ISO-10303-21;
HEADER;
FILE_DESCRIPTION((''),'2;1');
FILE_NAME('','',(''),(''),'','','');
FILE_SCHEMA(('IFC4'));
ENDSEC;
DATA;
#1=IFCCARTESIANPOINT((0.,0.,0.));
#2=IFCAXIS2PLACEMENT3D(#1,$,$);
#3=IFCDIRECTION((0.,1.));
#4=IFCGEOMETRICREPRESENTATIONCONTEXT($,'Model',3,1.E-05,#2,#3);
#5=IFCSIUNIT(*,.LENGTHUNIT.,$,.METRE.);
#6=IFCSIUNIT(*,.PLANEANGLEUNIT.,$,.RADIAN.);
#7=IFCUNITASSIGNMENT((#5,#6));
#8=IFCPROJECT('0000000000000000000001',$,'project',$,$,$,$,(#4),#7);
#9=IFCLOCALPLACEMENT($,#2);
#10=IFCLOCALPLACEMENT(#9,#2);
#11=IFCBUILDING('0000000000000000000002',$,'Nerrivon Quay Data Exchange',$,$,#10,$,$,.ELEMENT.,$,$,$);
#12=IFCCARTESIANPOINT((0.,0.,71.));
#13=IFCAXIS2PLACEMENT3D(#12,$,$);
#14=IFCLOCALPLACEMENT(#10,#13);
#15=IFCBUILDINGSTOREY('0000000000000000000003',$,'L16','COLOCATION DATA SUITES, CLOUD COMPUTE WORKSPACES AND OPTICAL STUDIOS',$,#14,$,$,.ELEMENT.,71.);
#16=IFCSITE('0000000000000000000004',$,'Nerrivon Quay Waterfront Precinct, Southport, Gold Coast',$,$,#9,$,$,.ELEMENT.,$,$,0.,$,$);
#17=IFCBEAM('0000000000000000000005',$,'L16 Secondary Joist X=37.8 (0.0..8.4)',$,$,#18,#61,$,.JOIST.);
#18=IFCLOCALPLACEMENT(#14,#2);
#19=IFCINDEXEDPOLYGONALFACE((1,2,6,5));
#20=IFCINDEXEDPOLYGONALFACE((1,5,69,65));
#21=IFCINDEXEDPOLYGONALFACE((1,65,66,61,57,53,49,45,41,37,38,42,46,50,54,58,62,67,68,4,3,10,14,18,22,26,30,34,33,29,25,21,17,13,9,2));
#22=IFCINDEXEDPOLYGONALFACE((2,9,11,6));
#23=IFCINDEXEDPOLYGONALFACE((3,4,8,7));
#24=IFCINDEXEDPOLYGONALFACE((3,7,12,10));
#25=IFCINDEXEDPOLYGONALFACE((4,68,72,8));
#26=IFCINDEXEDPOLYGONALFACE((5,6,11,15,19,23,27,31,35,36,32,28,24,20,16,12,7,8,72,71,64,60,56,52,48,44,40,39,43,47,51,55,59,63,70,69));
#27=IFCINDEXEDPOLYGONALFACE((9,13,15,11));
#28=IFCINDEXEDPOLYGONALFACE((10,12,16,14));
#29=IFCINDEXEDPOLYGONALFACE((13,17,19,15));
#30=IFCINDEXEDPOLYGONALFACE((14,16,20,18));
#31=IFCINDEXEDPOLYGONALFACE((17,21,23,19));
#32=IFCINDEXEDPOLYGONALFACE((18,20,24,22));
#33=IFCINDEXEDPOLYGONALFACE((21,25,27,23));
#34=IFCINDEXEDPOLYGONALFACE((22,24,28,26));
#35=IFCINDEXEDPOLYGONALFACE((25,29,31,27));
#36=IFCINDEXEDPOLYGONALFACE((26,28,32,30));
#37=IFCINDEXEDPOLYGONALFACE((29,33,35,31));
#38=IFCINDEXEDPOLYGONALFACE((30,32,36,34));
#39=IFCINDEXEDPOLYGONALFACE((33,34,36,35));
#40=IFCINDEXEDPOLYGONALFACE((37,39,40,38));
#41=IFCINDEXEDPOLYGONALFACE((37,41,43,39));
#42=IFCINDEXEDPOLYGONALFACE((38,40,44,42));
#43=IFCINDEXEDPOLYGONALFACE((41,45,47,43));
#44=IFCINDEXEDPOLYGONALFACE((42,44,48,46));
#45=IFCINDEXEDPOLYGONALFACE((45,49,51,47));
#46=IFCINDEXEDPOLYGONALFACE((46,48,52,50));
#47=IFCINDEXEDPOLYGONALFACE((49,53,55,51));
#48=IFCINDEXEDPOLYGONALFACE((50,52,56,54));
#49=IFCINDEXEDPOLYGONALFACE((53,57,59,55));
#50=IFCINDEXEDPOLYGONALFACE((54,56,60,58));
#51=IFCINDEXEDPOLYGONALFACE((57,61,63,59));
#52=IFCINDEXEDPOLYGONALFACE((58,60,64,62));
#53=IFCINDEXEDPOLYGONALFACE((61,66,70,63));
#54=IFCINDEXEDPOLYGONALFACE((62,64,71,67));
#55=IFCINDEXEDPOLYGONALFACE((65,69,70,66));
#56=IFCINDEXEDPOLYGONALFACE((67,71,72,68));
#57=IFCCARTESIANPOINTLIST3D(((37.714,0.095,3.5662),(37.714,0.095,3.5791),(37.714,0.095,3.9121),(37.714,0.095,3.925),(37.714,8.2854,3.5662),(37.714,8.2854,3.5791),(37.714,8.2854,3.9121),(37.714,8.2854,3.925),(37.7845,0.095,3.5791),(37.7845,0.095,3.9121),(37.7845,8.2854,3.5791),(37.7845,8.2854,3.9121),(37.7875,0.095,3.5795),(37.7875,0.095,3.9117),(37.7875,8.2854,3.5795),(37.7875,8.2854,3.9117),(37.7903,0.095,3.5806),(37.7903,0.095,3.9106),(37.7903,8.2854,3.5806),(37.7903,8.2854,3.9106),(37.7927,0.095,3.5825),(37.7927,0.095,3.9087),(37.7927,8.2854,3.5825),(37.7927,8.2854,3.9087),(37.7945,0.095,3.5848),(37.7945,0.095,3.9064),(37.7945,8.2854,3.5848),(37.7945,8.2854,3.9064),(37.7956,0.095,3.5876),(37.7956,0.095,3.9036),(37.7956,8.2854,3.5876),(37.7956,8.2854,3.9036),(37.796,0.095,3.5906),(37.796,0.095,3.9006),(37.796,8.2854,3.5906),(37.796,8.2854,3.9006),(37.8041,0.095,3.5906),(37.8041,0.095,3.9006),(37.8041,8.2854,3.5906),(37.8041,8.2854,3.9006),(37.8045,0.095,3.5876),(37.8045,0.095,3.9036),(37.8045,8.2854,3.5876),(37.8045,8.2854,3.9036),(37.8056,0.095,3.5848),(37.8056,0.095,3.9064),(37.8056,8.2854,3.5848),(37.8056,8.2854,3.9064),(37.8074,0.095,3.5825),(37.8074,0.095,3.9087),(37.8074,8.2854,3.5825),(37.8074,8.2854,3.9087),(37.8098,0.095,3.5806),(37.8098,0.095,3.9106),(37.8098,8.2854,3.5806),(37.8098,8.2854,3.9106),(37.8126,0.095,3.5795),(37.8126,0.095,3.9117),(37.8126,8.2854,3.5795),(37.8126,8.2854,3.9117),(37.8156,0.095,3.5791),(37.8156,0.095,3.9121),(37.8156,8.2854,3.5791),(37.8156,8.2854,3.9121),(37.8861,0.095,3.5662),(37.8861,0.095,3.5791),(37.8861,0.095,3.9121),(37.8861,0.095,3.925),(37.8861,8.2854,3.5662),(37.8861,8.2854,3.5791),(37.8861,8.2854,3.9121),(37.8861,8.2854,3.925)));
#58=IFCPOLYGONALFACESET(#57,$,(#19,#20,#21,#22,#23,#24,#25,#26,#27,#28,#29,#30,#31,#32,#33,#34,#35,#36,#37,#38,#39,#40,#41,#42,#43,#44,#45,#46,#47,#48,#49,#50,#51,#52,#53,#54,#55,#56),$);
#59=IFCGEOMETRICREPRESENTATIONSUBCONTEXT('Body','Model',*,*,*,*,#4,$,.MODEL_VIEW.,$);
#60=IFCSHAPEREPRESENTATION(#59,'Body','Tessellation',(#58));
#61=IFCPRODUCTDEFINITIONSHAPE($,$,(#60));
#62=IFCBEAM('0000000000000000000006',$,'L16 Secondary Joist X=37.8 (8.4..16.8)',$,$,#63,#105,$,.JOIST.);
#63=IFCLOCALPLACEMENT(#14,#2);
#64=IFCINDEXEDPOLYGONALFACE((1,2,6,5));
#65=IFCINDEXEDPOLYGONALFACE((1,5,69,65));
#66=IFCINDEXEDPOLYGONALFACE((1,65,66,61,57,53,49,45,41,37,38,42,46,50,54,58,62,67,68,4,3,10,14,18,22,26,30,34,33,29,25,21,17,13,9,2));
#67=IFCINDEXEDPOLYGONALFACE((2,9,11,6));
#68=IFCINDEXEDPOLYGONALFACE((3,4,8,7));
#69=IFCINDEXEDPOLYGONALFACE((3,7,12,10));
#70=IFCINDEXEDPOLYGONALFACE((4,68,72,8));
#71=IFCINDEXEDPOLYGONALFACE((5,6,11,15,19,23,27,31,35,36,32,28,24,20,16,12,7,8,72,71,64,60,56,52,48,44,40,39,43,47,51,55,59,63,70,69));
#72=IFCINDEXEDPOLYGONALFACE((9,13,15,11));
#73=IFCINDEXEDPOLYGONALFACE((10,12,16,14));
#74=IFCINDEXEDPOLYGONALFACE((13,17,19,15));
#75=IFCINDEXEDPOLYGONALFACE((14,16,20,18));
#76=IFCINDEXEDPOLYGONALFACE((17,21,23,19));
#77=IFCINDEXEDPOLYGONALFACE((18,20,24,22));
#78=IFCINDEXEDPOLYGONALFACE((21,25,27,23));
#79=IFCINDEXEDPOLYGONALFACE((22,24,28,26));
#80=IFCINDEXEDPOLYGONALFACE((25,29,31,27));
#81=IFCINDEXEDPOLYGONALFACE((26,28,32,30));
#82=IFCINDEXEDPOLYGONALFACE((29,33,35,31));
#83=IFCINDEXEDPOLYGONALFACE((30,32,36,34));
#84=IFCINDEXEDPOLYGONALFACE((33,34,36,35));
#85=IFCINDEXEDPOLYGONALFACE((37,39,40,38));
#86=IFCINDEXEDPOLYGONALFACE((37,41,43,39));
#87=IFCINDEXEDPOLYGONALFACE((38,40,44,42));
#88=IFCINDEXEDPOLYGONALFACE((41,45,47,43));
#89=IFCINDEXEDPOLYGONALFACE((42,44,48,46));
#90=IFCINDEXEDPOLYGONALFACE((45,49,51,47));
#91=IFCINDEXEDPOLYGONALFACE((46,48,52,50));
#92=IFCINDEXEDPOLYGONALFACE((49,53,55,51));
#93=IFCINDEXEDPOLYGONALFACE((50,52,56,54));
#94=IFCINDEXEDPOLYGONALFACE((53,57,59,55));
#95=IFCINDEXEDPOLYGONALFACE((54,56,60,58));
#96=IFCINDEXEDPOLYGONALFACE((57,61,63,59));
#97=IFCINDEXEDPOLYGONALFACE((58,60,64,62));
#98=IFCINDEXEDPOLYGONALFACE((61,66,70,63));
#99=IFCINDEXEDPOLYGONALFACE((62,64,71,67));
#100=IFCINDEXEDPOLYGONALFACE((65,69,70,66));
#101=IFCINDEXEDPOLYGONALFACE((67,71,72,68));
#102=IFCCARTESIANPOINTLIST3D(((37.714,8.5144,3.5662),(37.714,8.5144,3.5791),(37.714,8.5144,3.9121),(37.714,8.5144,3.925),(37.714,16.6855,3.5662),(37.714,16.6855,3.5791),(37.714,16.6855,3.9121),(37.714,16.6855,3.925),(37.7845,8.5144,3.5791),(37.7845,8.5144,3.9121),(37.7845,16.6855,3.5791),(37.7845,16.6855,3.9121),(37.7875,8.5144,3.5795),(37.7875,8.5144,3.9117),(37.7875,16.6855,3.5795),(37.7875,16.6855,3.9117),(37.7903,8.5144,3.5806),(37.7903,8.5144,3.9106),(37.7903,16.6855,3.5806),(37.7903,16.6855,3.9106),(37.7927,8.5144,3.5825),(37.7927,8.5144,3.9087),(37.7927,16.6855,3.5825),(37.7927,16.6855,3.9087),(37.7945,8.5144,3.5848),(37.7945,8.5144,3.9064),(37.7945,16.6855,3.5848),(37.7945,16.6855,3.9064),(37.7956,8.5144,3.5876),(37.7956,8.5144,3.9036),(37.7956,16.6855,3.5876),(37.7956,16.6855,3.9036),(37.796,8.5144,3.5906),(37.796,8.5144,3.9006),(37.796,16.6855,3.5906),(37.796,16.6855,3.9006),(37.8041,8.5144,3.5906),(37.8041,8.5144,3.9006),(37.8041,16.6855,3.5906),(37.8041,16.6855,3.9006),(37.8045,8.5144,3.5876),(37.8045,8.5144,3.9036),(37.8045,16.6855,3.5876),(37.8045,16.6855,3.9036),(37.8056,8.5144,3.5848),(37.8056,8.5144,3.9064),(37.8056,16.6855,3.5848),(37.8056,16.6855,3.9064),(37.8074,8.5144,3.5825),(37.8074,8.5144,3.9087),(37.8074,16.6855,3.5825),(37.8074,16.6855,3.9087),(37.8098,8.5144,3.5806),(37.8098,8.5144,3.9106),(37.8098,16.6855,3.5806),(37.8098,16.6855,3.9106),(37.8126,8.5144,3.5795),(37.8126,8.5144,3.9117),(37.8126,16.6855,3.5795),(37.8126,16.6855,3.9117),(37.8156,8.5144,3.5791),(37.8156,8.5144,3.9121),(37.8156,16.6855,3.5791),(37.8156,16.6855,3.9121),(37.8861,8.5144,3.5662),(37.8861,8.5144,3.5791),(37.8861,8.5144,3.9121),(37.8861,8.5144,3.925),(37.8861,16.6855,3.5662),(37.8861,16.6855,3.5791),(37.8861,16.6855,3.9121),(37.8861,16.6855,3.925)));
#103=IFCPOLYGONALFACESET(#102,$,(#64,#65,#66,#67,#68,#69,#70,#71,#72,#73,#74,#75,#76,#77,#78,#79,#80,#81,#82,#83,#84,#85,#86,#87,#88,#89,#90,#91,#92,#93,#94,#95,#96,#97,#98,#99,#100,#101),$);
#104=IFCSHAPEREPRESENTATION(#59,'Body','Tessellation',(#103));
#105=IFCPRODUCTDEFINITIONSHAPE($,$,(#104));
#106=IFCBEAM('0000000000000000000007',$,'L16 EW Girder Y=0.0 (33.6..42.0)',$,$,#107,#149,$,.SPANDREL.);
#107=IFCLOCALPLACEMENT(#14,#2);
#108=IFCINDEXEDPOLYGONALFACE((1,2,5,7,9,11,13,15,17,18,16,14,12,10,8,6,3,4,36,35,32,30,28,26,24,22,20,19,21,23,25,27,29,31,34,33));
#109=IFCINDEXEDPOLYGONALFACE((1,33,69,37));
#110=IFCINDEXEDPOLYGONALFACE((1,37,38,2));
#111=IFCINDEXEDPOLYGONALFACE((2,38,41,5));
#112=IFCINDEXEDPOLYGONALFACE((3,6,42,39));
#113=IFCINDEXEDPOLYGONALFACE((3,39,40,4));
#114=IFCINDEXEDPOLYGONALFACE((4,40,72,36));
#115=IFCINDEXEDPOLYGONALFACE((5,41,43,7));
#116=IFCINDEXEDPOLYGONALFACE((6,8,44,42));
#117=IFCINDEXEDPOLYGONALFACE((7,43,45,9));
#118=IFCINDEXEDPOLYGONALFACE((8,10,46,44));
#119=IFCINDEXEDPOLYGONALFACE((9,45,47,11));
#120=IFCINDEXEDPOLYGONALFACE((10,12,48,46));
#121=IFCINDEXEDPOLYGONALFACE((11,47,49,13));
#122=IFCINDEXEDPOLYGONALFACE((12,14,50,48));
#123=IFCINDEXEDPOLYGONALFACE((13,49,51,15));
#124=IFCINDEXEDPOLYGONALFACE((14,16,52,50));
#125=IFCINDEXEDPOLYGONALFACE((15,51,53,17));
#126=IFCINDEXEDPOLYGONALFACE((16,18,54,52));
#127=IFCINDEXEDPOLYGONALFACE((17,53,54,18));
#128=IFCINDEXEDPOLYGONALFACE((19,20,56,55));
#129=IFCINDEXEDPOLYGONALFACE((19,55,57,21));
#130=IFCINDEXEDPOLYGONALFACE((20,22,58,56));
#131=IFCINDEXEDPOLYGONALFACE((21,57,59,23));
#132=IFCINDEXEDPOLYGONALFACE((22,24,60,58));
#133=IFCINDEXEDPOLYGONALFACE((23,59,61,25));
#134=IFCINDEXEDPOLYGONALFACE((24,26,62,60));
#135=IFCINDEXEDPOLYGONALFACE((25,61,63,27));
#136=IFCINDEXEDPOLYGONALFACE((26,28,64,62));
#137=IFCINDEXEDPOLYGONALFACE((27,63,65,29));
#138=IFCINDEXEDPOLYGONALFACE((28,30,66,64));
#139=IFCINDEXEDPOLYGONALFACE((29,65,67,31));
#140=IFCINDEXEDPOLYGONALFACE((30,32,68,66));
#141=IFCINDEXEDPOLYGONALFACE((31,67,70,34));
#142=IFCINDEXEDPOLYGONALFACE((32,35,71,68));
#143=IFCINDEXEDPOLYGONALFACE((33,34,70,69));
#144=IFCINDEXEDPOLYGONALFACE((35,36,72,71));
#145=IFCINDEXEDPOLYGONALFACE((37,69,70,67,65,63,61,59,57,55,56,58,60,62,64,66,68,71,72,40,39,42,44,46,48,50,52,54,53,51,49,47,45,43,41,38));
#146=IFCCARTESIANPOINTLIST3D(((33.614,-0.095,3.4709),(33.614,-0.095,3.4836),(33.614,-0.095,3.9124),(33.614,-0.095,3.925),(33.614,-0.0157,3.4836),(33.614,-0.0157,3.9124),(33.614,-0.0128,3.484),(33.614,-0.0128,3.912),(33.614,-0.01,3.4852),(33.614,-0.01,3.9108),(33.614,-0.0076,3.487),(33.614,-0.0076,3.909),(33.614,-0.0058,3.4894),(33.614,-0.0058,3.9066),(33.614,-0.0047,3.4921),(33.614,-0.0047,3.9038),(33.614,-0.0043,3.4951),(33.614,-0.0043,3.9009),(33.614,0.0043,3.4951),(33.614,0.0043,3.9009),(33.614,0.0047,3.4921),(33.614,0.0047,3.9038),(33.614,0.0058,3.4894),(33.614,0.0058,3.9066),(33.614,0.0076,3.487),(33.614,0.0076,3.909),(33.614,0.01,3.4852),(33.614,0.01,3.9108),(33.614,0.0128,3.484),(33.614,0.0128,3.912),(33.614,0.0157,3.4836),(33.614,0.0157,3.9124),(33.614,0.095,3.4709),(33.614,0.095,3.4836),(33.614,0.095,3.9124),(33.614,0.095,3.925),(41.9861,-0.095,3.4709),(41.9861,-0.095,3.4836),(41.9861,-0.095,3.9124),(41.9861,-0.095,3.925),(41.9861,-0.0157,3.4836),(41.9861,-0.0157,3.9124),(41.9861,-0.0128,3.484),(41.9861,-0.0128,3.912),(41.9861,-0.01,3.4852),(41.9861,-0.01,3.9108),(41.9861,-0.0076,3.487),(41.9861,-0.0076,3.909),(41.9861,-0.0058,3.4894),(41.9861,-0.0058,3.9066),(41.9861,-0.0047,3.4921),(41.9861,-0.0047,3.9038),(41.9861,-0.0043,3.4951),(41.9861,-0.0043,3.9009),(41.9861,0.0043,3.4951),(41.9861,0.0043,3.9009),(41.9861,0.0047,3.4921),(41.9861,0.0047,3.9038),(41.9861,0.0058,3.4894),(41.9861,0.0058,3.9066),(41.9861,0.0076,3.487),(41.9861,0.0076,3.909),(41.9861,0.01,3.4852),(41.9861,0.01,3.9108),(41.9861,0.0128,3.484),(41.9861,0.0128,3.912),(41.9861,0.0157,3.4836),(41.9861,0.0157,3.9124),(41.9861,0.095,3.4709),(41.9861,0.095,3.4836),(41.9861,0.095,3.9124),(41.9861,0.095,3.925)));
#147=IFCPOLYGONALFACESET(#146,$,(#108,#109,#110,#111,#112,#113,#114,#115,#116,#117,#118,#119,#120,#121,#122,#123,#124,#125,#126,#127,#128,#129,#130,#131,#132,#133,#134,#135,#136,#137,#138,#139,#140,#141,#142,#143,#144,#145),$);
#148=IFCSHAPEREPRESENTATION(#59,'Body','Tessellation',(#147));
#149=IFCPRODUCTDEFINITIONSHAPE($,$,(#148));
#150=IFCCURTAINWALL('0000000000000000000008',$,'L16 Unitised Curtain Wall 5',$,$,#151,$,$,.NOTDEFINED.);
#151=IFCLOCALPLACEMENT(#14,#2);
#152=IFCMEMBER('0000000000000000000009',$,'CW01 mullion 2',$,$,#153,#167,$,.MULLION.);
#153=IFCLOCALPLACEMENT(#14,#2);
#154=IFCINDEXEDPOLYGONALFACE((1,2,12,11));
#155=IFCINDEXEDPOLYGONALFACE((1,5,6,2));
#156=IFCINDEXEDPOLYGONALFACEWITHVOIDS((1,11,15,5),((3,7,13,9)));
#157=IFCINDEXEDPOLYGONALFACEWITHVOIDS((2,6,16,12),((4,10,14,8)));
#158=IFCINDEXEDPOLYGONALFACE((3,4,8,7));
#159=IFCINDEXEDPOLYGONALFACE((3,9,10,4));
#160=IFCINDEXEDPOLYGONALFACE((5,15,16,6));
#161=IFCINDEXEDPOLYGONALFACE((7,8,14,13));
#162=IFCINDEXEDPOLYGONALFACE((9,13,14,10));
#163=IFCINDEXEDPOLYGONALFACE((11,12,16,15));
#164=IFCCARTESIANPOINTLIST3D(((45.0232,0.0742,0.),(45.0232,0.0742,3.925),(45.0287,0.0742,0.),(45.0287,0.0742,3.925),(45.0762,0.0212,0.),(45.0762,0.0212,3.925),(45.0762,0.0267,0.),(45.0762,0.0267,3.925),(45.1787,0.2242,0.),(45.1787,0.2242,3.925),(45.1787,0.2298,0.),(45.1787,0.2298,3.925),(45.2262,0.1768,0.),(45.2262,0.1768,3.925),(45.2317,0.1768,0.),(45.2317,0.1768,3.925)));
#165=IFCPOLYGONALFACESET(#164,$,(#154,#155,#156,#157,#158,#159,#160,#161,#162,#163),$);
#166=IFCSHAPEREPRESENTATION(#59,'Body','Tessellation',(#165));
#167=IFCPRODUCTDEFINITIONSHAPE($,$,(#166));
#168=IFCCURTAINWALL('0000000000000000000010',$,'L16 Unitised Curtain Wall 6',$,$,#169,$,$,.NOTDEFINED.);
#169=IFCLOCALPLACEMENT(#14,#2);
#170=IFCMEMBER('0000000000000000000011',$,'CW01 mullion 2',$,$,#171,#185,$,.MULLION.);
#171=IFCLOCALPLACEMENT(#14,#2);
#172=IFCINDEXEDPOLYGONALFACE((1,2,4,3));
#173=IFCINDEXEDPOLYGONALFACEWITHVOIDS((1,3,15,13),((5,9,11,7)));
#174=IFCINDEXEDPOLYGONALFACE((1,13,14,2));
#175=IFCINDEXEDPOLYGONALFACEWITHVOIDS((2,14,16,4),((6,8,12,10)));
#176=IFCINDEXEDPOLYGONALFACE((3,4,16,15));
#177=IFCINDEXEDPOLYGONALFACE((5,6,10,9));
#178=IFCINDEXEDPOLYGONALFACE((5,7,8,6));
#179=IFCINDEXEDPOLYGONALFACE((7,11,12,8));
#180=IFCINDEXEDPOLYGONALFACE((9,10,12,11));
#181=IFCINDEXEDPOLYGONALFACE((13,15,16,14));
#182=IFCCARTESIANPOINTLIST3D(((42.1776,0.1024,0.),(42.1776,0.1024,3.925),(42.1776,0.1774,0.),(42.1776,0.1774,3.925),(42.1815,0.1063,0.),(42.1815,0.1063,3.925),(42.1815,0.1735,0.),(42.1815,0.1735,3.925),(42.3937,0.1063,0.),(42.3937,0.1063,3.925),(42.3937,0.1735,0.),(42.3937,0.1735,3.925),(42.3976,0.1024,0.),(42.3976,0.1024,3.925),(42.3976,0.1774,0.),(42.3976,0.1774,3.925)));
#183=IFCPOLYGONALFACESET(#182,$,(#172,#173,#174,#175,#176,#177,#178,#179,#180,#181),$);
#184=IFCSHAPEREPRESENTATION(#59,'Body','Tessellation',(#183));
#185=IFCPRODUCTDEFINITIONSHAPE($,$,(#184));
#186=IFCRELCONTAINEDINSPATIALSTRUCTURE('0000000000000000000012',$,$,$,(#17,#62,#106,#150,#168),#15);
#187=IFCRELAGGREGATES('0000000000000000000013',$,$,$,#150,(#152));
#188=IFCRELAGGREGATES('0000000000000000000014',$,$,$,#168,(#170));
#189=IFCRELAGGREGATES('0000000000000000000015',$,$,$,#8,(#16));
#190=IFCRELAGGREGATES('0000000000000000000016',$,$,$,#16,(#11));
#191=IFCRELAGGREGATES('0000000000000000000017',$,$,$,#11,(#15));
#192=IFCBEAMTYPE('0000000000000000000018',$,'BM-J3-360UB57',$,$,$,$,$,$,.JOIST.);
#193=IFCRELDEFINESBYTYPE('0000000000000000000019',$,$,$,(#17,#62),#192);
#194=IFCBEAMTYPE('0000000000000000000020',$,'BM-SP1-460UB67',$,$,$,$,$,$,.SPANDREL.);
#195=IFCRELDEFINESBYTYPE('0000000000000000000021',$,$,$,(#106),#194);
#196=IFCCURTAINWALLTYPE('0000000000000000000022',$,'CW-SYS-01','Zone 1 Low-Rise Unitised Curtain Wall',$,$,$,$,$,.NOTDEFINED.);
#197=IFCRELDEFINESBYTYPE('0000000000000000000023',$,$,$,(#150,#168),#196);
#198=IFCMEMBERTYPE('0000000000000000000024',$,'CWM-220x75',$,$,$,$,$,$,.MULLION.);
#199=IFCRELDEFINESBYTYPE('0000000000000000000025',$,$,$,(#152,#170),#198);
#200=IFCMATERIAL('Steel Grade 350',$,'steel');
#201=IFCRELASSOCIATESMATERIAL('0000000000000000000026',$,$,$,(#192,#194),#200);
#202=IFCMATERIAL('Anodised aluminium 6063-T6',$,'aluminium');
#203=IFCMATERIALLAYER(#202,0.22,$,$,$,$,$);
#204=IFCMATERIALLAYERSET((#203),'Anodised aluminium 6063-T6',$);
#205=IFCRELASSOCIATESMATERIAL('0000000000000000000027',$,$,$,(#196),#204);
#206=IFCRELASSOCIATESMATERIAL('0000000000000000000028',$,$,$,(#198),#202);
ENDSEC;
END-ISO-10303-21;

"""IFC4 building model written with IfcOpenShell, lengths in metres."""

from ifc_helpers import new_model, si_unit, direction, frame, origin, origin_2d, place, context, subcontext, project, spatial, hollow_rectangle, i_section, extrude, material, layer, layer_set, material_profile, profile_set, type_object, element, aggregate, save


model = new_model("IFC4")

# Units and contexts
model_context = context("Model", 3, precision=1e-05, world=origin(), true_north=direction((0.0, 1.0)))
body_context = subcontext(model_context, "Body", "Model", "MODEL_VIEW")
ifc_project = project(units=[si_unit("LENGTHUNIT", "METRE"), si_unit("PLANEANGLEUNIT", "RADIAN")], contexts=[model_context])

# Site, building, storey
site_placement = place(None, origin())
site = spatial("IfcSite", under=ifc_project, at=site_placement, Name="Nerrivon Quay Waterfront Precinct, Southport, Gold Coast", CompositionType="ELEMENT", RefElevation=0.0)
building_placement = place(site_placement, origin())
building = spatial("IfcBuilding", under=site, at=building_placement, Name="Nerrivon Quay Data Exchange", CompositionType="ELEMENT")
storey_placement = place(building_placement, frame((0.0, 0.0, 71.0)))
storey = spatial("IfcBuildingStorey", under=building, at=storey_placement, Name="L16", Description="COLOCATION DATA SUITES, CLOUD COMPUTE WORKSPACES AND OPTICAL STUDIOS", CompositionType="ELEMENT", Elevation=71.0)

# Shared definitions
ifc_material_1 = material(Name="Steel Grade 350", Category="steel")

# Beams
ifc_material_profile_1 = material_profile(ifc_material_1, i_section(OverallWidth=0.1721, OverallDepth=0.3589, WebThickness=0.0081, FlangeThickness=0.0129, FilletRadius=0.0115, at=origin_2d()), Name="360UB56.7")
ifc_profile_set_1 = profile_set([ifc_material_profile_1], Name="Steel Grade 350")
beam_type_1 = type_object("IfcBeamType", Name="BM-J3-360UB57", PredefinedType="JOIST", material=ifc_profile_set_1)
beam_1_placement = place(storey_placement, frame((37.8, 0.095, 3.7456), z_axis=(0.0, 1.0, 0.0), x_axis=(-1.0, 0.0, 0.0)))
element("IfcBeam", 1, at=beam_1_placement, inside=storey, type_object=beam_type_1, Name="L16 Secondary Joist X=37.8 (0.0..8.4)", PredefinedType="JOIST", context=body_context, shape_type="SweptSolid", body=[
    extrude(i_section(OverallWidth=0.1721, OverallDepth=0.3589, WebThickness=0.0081, FlangeThickness=0.0129, FilletRadius=0.0115, at=origin_2d()), origin(), (0.0, 0.0, 1.0), 8.1904),
])
beam_2_placement = place(storey_placement, frame((37.8, 8.5144, 3.7456), z_axis=(0.0, 1.0, 0.0), x_axis=(-1.0, 0.0, 0.0)))
element("IfcBeam", 2, at=beam_2_placement, inside=storey, type_object=beam_type_1, Name="L16 Secondary Joist X=37.8 (8.4..16.8)", PredefinedType="JOIST", context=body_context, shape_type="SweptSolid", body=[
    extrude(i_section(OverallWidth=0.1721, OverallDepth=0.3589, WebThickness=0.0081, FlangeThickness=0.0129, FilletRadius=0.0115, at=origin_2d()), origin(), (0.0, 0.0, 1.0), 8.1711),
])
ifc_material_profile_2 = material_profile(ifc_material_1, i_section(OverallWidth=0.1899, OverallDepth=0.4541, WebThickness=0.0085, FlangeThickness=0.0127, FilletRadius=0.0115, at=origin_2d()), Name="460UB67.1")
ifc_profile_set_2 = profile_set([ifc_material_profile_2], Name="Steel Grade 350")
beam_type_2 = type_object("IfcBeamType", Name="BM-SP1-460UB67", PredefinedType="SPANDREL", material=ifc_profile_set_2)
beam_3_placement = place(storey_placement, frame((33.614, 0.0, 3.698), z_axis=(1.0, 0.0, 0.0), x_axis=(0.0, 1.0, 0.0)))
element("IfcBeam", 3, at=beam_3_placement, inside=storey, type_object=beam_type_2, Name="L16 EW Girder Y=0.0 (33.6..42.0)", PredefinedType="SPANDREL", context=body_context, shape_type="SweptSolid", body=[
    extrude(i_section(OverallWidth=0.1899, OverallDepth=0.4541, WebThickness=0.0085, FlangeThickness=0.0127, FilletRadius=0.0115, at=origin_2d()), origin(), (0.0, 0.0, 1.0), 8.3721),
])

# Curtain walls, members
ifc_material_2 = material(Name="Anodised aluminium 6063-T6", Category="aluminium")
ifc_layer_1 = layer(ifc_material_2, 0.22)
ifc_layer_set_1 = layer_set([ifc_layer_1], Name="Anodised aluminium 6063-T6")
curtain_wall_type = type_object("IfcCurtainWallType", Name="CW-SYS-01", Description="Zone 1 Low-Rise Unitised Curtain Wall", PredefinedType="NOTDEFINED", material=ifc_layer_set_1)
curtain_wall_1_placement = place(storey_placement, origin())
curtain_wall_1 = element("IfcCurtainWall", 4, at=curtain_wall_1_placement, inside=storey, type_object=curtain_wall_type, Name="L16 Unitised Curtain Wall 5", PredefinedType="NOTDEFINED")
ifc_material_profile_3 = material_profile(ifc_material_2, hollow_rectangle(XDim=0.075, YDim=0.22, WallThickness=0.0039, at=origin_2d()), Name="ALU-MULL-220x75")
ifc_profile_set_3 = profile_set([ifc_material_profile_3], Name="Anodised aluminium 6063-T6")
member_type_1 = type_object("IfcMemberType", Name="CWM-220x75", PredefinedType="MULLION", material=ifc_profile_set_3)
member_1_placement = place(storey_placement, frame((45.1274, 0.1255, 0.0), z_axis=(0.0, 0.0, 1.0), x_axis=(0.707107, -0.707107, 0.0)))
member_1 = element("IfcMember", 5, at=member_1_placement, type_object=member_type_1, Name="CW01 mullion 2", PredefinedType="MULLION", context=body_context, shape_type="SweptSolid", body=[
    extrude(hollow_rectangle(XDim=0.075, YDim=0.22, WallThickness=0.0039, at=origin_2d()), origin(), (0.0, 0.0, 1.0), 3.925),
])
aggregate(curtain_wall_1, [member_1])
curtain_wall_2_placement = place(storey_placement, origin())
curtain_wall_2 = element("IfcCurtainWall", 6, at=curtain_wall_2_placement, inside=storey, type_object=curtain_wall_type, Name="L16 Unitised Curtain Wall 6", PredefinedType="NOTDEFINED")
member_2_placement = place(storey_placement, frame((42.2876, 0.1399, 0.0), z_axis=(0.0, 0.0, 1.0), x_axis=(0.0, -1.0, 0.0)))
member_2 = element("IfcMember", 7, at=member_2_placement, type_object=member_type_1, Name="CW01 mullion 2", PredefinedType="MULLION", context=body_context, shape_type="SweptSolid", body=[
    extrude(hollow_rectangle(XDim=0.075, YDim=0.22, WallThickness=0.0039, at=origin_2d()), origin(), (0.0, 0.0, 1.0), 3.925),
])

aggregate(curtain_wall_2, [member_2])

save(model, "model.ifc")
